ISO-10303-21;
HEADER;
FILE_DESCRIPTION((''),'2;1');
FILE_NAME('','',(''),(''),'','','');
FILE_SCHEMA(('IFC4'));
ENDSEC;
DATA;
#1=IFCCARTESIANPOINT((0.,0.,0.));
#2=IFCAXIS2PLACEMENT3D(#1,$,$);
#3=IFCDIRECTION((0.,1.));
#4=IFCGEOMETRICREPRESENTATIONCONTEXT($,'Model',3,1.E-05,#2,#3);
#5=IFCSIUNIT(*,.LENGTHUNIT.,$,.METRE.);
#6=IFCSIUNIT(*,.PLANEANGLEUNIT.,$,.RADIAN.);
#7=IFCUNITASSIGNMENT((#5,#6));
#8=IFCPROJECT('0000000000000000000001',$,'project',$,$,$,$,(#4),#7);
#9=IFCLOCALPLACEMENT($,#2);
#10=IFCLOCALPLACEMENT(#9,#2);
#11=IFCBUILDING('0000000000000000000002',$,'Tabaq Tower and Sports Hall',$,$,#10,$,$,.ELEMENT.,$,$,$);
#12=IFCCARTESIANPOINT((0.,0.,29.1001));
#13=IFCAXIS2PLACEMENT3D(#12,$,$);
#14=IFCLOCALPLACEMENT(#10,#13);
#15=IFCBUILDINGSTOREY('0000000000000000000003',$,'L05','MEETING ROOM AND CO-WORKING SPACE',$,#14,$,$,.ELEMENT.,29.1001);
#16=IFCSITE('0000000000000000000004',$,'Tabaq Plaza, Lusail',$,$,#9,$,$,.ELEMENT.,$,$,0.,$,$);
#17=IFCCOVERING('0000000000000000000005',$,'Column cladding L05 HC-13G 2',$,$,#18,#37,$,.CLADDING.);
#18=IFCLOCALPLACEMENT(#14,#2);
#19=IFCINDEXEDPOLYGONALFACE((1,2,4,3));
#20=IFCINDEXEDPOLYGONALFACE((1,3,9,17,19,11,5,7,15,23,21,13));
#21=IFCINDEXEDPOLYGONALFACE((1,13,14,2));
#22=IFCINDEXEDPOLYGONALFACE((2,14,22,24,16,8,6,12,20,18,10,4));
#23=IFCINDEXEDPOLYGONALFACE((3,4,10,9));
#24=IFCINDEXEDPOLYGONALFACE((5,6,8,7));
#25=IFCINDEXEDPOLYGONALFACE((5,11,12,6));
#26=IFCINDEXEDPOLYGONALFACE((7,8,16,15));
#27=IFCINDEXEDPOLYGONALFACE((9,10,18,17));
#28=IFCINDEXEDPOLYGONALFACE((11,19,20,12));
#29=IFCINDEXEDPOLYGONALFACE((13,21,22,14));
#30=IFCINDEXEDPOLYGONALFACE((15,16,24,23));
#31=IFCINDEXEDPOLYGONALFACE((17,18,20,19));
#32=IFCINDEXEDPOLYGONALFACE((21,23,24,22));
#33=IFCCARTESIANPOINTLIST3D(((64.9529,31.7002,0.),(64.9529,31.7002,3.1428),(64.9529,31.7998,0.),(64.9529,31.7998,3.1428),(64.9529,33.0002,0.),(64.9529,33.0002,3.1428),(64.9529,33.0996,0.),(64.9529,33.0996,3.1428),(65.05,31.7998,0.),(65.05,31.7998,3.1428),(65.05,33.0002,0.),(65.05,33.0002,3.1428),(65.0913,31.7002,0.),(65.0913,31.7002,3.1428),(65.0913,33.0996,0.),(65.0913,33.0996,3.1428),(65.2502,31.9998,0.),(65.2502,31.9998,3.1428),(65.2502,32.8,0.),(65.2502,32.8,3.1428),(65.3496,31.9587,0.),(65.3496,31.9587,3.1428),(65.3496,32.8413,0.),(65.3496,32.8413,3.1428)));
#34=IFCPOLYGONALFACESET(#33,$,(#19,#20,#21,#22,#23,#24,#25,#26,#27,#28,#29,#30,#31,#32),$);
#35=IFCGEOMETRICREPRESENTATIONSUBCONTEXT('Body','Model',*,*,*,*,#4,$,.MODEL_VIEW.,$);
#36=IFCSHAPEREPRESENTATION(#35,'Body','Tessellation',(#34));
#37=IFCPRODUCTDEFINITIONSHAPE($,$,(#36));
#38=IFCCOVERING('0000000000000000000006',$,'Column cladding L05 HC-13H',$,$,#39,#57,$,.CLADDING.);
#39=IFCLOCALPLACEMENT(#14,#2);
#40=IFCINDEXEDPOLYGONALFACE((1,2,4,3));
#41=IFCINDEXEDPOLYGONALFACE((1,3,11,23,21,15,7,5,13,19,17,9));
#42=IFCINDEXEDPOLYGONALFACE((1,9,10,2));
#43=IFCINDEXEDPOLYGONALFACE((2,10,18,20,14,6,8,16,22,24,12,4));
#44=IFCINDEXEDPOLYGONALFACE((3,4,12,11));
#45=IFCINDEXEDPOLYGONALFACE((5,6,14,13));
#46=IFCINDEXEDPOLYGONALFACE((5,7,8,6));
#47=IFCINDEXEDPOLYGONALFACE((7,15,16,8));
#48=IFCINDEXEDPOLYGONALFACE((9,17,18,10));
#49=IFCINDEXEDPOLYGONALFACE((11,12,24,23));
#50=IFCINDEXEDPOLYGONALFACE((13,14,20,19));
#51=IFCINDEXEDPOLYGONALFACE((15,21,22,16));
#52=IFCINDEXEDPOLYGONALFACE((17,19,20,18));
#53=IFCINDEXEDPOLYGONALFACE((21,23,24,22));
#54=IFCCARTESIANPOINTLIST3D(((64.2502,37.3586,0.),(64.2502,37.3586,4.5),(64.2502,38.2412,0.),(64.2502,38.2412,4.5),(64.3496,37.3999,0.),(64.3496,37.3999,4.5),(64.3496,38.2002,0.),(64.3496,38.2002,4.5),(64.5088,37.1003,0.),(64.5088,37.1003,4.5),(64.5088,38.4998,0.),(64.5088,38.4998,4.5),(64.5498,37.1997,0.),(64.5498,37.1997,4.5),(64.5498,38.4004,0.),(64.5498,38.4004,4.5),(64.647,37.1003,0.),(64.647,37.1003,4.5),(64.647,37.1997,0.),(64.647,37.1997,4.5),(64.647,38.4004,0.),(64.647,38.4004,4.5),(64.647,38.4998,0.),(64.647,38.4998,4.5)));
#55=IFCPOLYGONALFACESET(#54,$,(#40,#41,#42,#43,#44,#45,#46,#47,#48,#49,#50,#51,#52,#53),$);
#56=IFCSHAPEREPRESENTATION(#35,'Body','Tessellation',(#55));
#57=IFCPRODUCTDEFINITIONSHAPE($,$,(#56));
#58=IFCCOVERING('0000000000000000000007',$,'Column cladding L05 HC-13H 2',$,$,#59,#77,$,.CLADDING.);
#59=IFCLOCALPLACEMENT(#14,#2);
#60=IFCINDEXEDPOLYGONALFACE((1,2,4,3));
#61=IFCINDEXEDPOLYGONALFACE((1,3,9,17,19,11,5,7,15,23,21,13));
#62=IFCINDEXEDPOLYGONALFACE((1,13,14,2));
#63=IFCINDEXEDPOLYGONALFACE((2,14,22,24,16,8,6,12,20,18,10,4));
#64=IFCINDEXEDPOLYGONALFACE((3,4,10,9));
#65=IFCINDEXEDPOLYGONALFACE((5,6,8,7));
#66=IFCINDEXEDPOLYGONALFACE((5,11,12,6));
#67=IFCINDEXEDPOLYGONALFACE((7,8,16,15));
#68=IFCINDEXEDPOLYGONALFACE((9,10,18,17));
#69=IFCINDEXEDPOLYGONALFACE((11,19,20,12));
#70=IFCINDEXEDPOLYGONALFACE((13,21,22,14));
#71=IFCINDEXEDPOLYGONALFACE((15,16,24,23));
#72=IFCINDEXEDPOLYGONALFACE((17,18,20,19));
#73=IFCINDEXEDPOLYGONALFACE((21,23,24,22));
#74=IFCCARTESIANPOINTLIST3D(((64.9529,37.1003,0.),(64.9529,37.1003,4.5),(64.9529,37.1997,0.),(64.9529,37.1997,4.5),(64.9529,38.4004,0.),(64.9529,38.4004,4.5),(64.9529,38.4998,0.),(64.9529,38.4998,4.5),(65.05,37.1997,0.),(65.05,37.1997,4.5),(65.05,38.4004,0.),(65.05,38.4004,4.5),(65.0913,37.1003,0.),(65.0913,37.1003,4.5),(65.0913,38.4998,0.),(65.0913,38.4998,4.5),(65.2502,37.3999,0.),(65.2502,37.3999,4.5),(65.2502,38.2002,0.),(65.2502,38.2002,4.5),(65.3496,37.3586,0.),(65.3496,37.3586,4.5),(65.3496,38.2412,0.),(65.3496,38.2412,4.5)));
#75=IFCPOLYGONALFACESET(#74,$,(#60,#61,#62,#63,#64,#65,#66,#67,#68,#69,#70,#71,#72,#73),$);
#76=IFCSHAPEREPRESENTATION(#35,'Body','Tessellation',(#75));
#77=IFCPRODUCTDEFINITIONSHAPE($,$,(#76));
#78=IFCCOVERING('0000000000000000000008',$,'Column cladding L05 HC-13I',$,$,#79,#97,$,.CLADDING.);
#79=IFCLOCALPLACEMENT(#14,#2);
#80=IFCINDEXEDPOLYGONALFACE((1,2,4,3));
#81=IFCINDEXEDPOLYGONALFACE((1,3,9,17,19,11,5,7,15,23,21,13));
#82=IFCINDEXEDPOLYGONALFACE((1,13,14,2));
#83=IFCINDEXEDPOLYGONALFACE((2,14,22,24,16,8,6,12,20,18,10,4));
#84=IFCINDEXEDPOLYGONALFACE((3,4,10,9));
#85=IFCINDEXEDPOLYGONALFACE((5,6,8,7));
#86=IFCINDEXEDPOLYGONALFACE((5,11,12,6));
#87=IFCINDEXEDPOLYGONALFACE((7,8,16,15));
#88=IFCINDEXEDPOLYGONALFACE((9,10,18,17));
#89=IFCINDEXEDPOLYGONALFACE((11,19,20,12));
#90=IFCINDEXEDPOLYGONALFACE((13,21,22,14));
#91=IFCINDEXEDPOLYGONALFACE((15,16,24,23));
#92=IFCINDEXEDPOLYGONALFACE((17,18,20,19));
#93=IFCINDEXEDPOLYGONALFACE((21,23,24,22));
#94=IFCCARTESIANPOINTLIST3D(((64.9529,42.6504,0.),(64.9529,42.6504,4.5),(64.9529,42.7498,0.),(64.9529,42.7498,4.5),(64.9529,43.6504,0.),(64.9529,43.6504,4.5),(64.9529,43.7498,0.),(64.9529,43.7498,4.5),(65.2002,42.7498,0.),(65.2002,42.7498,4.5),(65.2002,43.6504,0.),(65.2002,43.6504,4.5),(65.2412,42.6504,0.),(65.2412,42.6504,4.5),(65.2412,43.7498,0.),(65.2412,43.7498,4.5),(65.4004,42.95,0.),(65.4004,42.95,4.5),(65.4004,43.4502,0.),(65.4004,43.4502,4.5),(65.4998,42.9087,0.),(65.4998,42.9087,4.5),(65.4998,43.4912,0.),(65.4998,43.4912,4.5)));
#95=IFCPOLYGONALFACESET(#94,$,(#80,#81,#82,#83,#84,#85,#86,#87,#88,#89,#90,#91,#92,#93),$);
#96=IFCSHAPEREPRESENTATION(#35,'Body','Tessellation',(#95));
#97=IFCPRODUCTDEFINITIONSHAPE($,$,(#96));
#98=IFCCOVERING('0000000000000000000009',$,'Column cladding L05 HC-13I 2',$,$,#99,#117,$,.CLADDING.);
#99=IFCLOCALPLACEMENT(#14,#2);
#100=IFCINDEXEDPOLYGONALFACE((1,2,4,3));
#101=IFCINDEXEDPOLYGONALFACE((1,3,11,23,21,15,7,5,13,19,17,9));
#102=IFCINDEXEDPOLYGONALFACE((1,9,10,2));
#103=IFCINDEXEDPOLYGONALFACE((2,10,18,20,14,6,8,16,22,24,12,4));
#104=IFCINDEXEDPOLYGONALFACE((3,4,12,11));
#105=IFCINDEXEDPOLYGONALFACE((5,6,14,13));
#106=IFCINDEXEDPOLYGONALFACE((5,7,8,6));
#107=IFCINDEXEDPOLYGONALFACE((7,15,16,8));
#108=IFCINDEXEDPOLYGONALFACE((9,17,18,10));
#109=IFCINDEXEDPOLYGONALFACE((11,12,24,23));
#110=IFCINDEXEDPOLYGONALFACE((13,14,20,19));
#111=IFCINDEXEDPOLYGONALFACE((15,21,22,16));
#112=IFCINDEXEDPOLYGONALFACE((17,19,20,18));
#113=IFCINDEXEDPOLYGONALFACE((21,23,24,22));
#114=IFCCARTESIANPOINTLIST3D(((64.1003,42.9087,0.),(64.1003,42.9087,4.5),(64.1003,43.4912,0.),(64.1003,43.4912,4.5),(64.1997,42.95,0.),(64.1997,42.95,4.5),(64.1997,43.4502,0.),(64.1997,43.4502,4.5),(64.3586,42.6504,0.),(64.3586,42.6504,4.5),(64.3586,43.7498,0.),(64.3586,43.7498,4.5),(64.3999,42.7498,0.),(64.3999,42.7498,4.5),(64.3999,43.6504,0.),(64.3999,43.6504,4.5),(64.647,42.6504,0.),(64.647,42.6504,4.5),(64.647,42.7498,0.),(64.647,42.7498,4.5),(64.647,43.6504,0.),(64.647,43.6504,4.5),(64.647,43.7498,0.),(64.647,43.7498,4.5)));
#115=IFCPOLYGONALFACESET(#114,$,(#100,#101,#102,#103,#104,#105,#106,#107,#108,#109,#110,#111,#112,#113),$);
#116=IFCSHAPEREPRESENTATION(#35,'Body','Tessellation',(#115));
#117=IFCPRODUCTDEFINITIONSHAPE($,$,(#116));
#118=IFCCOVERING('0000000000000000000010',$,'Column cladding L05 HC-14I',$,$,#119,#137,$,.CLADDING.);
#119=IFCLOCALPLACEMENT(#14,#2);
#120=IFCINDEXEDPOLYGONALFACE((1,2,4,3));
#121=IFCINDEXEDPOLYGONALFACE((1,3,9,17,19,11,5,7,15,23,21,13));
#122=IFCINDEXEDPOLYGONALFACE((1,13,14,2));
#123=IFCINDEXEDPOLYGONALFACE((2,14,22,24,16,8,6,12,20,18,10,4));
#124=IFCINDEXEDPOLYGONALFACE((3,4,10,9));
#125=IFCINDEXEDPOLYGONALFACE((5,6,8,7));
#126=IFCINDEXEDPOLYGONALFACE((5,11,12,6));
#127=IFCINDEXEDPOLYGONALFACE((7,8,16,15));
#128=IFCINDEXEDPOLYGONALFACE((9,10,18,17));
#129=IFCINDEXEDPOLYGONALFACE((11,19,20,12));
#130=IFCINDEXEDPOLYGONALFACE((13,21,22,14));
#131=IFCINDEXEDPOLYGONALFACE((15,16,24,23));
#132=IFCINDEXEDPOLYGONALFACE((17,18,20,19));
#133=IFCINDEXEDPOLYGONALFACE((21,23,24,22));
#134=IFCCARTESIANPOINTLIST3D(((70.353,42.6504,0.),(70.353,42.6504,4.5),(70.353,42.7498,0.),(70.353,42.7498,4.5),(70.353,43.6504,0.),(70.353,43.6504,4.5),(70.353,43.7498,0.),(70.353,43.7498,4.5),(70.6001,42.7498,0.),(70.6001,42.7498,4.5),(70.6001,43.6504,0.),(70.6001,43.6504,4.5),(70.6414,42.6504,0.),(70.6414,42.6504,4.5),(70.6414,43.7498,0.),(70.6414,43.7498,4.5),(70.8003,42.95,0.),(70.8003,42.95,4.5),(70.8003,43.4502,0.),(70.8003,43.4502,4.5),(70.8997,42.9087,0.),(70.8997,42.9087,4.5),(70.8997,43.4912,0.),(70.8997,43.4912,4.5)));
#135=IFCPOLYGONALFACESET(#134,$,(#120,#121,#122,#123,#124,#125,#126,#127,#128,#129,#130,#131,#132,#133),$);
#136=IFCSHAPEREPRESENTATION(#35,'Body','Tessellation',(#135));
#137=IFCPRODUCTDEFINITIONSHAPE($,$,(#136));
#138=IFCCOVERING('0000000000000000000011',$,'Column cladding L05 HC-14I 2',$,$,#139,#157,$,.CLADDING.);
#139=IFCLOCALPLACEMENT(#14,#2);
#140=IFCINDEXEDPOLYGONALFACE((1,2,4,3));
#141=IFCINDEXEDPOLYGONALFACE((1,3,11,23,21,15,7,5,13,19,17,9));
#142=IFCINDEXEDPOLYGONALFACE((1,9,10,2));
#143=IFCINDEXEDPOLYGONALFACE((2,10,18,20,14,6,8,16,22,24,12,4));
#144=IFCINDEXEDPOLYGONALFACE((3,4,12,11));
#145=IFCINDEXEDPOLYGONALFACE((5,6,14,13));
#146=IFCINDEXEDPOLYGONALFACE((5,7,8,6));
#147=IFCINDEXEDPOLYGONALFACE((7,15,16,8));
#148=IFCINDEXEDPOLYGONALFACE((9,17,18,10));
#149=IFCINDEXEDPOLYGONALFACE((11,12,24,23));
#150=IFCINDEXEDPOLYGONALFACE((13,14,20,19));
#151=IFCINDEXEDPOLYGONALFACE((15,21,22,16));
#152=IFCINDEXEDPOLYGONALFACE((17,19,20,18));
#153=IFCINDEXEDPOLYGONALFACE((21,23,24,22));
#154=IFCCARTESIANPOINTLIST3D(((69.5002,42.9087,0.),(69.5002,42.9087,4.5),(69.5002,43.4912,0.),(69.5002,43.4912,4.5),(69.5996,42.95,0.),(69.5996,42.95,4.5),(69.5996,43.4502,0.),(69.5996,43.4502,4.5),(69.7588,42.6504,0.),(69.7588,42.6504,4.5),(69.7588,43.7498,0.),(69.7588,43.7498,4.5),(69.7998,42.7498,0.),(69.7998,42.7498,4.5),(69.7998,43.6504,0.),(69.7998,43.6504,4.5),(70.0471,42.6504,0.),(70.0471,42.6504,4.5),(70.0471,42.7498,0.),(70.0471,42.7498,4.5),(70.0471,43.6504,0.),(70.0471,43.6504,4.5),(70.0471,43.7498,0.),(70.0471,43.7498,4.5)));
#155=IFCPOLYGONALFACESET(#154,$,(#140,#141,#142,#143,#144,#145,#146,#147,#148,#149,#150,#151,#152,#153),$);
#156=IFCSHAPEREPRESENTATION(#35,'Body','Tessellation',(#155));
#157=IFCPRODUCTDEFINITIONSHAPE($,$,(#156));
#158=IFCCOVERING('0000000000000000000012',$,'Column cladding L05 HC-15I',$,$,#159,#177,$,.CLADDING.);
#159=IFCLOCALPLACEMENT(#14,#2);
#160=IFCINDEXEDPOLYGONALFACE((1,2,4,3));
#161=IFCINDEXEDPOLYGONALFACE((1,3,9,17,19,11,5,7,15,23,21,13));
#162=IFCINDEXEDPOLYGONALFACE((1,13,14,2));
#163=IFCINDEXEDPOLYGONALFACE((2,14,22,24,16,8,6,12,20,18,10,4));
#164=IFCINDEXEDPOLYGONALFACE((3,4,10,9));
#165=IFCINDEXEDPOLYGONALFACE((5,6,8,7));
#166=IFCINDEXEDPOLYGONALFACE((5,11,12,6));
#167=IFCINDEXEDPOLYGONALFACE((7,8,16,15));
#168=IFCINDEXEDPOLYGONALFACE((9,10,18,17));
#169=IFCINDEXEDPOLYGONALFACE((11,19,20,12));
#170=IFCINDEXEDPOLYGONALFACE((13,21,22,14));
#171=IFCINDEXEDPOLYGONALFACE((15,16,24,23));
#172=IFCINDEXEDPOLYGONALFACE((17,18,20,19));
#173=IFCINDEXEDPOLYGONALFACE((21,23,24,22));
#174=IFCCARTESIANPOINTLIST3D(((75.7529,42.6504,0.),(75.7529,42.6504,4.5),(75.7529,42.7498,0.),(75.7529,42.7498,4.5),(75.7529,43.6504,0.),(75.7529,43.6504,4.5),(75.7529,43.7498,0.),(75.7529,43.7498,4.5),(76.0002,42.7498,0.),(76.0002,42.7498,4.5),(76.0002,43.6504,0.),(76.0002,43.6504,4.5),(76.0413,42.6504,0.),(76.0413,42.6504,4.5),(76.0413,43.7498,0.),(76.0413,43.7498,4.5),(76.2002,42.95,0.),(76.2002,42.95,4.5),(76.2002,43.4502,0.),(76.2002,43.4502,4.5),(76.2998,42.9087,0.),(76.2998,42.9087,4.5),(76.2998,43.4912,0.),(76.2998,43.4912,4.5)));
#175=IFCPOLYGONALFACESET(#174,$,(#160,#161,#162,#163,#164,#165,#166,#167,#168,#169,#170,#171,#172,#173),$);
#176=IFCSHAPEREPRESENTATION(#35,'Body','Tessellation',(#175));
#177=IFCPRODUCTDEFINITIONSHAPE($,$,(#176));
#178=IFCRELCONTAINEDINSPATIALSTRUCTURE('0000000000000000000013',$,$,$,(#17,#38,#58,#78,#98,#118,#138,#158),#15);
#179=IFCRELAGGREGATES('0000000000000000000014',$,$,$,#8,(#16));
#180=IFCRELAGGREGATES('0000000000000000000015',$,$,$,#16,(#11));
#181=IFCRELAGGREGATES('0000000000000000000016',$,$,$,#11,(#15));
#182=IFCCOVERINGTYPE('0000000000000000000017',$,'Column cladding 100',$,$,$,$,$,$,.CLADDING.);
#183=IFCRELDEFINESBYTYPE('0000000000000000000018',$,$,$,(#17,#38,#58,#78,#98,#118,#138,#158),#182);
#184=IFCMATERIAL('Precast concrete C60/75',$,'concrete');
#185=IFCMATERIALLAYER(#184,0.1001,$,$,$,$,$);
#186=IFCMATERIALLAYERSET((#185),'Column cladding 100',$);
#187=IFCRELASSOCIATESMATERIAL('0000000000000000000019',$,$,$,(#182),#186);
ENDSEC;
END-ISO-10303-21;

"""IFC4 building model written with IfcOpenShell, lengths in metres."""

from ifc_helpers import new_model, si_unit, direction, frame, origin, place, context, subcontext, project, spatial, polyline, outline, extrude, material, layer, layer_set, type_object, element, save


model = new_model("IFC4")

# Units and contexts
model_context = context("Model", 3, precision=1e-05, world=origin(), true_north=direction((0.0, 1.0)))
body_context = subcontext(model_context, "Body", "Model", "MODEL_VIEW")
ifc_project = project(units=[si_unit("LENGTHUNIT", "METRE"), si_unit("PLANEANGLEUNIT", "RADIAN")], contexts=[model_context])

# Site, building, storey
site_placement = place(None, origin())
site = spatial("IfcSite", under=ifc_project, at=site_placement, Name="Tabaq Plaza, Lusail", CompositionType="ELEMENT", RefElevation=0.0)
building_placement = place(site_placement, origin())
building = spatial("IfcBuilding", under=site, at=building_placement, Name="Tabaq Tower and Sports Hall", CompositionType="ELEMENT")
storey_placement = place(building_placement, frame((0.0, 0.0, 29.1001)))
storey = spatial("IfcBuildingStorey", under=building, at=storey_placement, Name="L05", Description="MEETING ROOM AND CO-WORKING SPACE", CompositionType="ELEMENT", Elevation=29.1001)

# Coverings
ifc_material_1 = material(Name="Precast concrete C60/75", Category="concrete")
ifc_layer_1 = layer(ifc_material_1, 0.1001)
ifc_layer_set_1 = layer_set([ifc_layer_1], Name="Column cladding 100")
covering_type = type_object("IfcCoveringType", Name="Column cladding 100", PredefinedType="CLADDING", material=ifc_layer_set_1)
covering_1_placement = place(storey_placement, origin())
element("IfcCovering", 1, at=covering_1_placement, inside=storey, type_object=covering_type, Name="Column cladding L05 HC-13G 2", PredefinedType="CLADDING", context=body_context, shape_type="SweptSolid", body=[
    extrude(outline(polyline([(64.9529, 31.7002), (64.9529, 31.7998), (65.05, 31.7998), (65.2502, 31.9998), (65.2502, 32.8), (65.05, 33.0002), (64.9529, 33.0002), (64.9529, 33.0996), (65.0913, 33.0996), (65.3496, 32.8413), (65.3496, 31.9587), (65.0913, 31.7002), (64.9529, 31.7002)])), origin(), (0.0, 0.0, 1.0), 3.1428),
])
covering_2_placement = place(storey_placement, origin())
element("IfcCovering", 2, at=covering_2_placement, inside=storey, type_object=covering_type, Name="Column cladding L05 HC-13H", PredefinedType="CLADDING", context=body_context, shape_type="SweptSolid", body=[
    extrude(outline(polyline([(64.5088, 37.1003), (64.2502, 37.3586), (64.2502, 38.2412), (64.5088, 38.4998), (64.647, 38.4998), (64.647, 38.4004), (64.5498, 38.4004), (64.3496, 38.2002), (64.3496, 37.3999), (64.5498, 37.1997), (64.647, 37.1997), (64.647, 37.1003), (64.5088, 37.1003)])), origin(), (0.0, 0.0, 1.0), 4.5),
])
covering_3_placement = place(storey_placement, origin())
element("IfcCovering", 3, at=covering_3_placement, inside=storey, type_object=covering_type, Name="Column cladding L05 HC-13H 2", PredefinedType="CLADDING", context=body_context, shape_type="SweptSolid", body=[
    extrude(outline(polyline([(64.9529, 37.1003), (64.9529, 37.1997), (65.05, 37.1997), (65.2502, 37.3999), (65.2502, 38.2002), (65.05, 38.4004), (64.9529, 38.4004), (64.9529, 38.4998), (65.0913, 38.4998), (65.3496, 38.2412), (65.3496, 37.3586), (65.0913, 37.1003), (64.9529, 37.1003)])), origin(), (0.0, 0.0, 1.0), 4.5),
])
covering_4_placement = place(storey_placement, origin())
element("IfcCovering", 4, at=covering_4_placement, inside=storey, type_object=covering_type, Name="Column cladding L05 HC-13I", PredefinedType="CLADDING", context=body_context, shape_type="SweptSolid", body=[
    extrude(outline(polyline([(65.2412, 43.7498), (65.4998, 43.4912), (65.4998, 42.9087), (65.2412, 42.6504), (64.9529, 42.6504), (64.9529, 42.7498), (65.2002, 42.7498), (65.4004, 42.95), (65.4004, 43.4502), (65.2002, 43.6504), (64.9529, 43.6504), (64.9529, 43.7498), (65.2412, 43.7498)])), origin(), (0.0, 0.0, 1.0), 4.5),
])
covering_5_placement = place(storey_placement, origin())
element("IfcCovering", 5, at=covering_5_placement, inside=storey, type_object=covering_type, Name="Column cladding L05 HC-13I 2", PredefinedType="CLADDING", context=body_context, shape_type="SweptSolid", body=[
    extrude(outline(polyline([(64.1003, 43.4912), (64.3586, 43.7498), (64.647, 43.7498), (64.647, 43.6504), (64.3999, 43.6504), (64.1997, 43.4502), (64.1997, 42.95), (64.3999, 42.7498), (64.647, 42.7498), (64.647, 42.6504), (64.3586, 42.6504), (64.1003, 42.9087), (64.1003, 43.4912)])), origin(), (0.0, 0.0, 1.0), 4.5),
])
covering_6_placement = place(storey_placement, origin())
element("IfcCovering", 6, at=covering_6_placement, inside=storey, type_object=covering_type, Name="Column cladding L05 HC-14I", PredefinedType="CLADDING", context=body_context, shape_type="SweptSolid", body=[
    extrude(outline(polyline([(70.6414, 43.7498), (70.8997, 43.4912), (70.8997, 42.9087), (70.6414, 42.6504), (70.353, 42.6504), (70.353, 42.7498), (70.6001, 42.7498), (70.8003, 42.95), (70.8003, 43.4502), (70.6001, 43.6504), (70.353, 43.6504), (70.353, 43.7498), (70.6414, 43.7498)])), origin(), (0.0, 0.0, 1.0), 4.5),
])
covering_7_placement = place(storey_placement, origin())
element("IfcCovering", 7, at=covering_7_placement, inside=storey, type_object=covering_type, Name="Column cladding L05 HC-14I 2", PredefinedType="CLADDING", context=body_context, shape_type="SweptSolid", body=[
    extrude(outline(polyline([(69.5002, 43.4912), (69.7588, 43.7498), (70.0471, 43.7498), (70.0471, 43.6504), (69.7998, 43.6504), (69.5996, 43.4502), (69.5996, 42.95), (69.7998, 42.7498), (70.0471, 42.7498), (70.0471, 42.6504), (69.7588, 42.6504), (69.5002, 42.9087), (69.5002, 43.4912)])), origin(), (0.0, 0.0, 1.0), 4.5),
])
covering_8_placement = place(storey_placement, origin())
element("IfcCovering", 8, at=covering_8_placement, inside=storey, type_object=covering_type, Name="Column cladding L05 HC-15I", PredefinedType="CLADDING", context=body_context, shape_type="SweptSolid", body=[
    extrude(outline(polyline([(76.0413, 43.7498), (76.2998, 43.4912), (76.2998, 42.9087), (76.0413, 42.6504), (75.7529, 42.6504), (75.7529, 42.7498), (76.0002, 42.7498), (76.2002, 42.95), (76.2002, 43.4502), (76.0002, 43.6504), (75.7529, 43.6504), (75.7529, 43.7498), (76.0413, 43.7498)])), origin(), (0.0, 0.0, 1.0), 4.5),
])

save(model, "model.ifc")
